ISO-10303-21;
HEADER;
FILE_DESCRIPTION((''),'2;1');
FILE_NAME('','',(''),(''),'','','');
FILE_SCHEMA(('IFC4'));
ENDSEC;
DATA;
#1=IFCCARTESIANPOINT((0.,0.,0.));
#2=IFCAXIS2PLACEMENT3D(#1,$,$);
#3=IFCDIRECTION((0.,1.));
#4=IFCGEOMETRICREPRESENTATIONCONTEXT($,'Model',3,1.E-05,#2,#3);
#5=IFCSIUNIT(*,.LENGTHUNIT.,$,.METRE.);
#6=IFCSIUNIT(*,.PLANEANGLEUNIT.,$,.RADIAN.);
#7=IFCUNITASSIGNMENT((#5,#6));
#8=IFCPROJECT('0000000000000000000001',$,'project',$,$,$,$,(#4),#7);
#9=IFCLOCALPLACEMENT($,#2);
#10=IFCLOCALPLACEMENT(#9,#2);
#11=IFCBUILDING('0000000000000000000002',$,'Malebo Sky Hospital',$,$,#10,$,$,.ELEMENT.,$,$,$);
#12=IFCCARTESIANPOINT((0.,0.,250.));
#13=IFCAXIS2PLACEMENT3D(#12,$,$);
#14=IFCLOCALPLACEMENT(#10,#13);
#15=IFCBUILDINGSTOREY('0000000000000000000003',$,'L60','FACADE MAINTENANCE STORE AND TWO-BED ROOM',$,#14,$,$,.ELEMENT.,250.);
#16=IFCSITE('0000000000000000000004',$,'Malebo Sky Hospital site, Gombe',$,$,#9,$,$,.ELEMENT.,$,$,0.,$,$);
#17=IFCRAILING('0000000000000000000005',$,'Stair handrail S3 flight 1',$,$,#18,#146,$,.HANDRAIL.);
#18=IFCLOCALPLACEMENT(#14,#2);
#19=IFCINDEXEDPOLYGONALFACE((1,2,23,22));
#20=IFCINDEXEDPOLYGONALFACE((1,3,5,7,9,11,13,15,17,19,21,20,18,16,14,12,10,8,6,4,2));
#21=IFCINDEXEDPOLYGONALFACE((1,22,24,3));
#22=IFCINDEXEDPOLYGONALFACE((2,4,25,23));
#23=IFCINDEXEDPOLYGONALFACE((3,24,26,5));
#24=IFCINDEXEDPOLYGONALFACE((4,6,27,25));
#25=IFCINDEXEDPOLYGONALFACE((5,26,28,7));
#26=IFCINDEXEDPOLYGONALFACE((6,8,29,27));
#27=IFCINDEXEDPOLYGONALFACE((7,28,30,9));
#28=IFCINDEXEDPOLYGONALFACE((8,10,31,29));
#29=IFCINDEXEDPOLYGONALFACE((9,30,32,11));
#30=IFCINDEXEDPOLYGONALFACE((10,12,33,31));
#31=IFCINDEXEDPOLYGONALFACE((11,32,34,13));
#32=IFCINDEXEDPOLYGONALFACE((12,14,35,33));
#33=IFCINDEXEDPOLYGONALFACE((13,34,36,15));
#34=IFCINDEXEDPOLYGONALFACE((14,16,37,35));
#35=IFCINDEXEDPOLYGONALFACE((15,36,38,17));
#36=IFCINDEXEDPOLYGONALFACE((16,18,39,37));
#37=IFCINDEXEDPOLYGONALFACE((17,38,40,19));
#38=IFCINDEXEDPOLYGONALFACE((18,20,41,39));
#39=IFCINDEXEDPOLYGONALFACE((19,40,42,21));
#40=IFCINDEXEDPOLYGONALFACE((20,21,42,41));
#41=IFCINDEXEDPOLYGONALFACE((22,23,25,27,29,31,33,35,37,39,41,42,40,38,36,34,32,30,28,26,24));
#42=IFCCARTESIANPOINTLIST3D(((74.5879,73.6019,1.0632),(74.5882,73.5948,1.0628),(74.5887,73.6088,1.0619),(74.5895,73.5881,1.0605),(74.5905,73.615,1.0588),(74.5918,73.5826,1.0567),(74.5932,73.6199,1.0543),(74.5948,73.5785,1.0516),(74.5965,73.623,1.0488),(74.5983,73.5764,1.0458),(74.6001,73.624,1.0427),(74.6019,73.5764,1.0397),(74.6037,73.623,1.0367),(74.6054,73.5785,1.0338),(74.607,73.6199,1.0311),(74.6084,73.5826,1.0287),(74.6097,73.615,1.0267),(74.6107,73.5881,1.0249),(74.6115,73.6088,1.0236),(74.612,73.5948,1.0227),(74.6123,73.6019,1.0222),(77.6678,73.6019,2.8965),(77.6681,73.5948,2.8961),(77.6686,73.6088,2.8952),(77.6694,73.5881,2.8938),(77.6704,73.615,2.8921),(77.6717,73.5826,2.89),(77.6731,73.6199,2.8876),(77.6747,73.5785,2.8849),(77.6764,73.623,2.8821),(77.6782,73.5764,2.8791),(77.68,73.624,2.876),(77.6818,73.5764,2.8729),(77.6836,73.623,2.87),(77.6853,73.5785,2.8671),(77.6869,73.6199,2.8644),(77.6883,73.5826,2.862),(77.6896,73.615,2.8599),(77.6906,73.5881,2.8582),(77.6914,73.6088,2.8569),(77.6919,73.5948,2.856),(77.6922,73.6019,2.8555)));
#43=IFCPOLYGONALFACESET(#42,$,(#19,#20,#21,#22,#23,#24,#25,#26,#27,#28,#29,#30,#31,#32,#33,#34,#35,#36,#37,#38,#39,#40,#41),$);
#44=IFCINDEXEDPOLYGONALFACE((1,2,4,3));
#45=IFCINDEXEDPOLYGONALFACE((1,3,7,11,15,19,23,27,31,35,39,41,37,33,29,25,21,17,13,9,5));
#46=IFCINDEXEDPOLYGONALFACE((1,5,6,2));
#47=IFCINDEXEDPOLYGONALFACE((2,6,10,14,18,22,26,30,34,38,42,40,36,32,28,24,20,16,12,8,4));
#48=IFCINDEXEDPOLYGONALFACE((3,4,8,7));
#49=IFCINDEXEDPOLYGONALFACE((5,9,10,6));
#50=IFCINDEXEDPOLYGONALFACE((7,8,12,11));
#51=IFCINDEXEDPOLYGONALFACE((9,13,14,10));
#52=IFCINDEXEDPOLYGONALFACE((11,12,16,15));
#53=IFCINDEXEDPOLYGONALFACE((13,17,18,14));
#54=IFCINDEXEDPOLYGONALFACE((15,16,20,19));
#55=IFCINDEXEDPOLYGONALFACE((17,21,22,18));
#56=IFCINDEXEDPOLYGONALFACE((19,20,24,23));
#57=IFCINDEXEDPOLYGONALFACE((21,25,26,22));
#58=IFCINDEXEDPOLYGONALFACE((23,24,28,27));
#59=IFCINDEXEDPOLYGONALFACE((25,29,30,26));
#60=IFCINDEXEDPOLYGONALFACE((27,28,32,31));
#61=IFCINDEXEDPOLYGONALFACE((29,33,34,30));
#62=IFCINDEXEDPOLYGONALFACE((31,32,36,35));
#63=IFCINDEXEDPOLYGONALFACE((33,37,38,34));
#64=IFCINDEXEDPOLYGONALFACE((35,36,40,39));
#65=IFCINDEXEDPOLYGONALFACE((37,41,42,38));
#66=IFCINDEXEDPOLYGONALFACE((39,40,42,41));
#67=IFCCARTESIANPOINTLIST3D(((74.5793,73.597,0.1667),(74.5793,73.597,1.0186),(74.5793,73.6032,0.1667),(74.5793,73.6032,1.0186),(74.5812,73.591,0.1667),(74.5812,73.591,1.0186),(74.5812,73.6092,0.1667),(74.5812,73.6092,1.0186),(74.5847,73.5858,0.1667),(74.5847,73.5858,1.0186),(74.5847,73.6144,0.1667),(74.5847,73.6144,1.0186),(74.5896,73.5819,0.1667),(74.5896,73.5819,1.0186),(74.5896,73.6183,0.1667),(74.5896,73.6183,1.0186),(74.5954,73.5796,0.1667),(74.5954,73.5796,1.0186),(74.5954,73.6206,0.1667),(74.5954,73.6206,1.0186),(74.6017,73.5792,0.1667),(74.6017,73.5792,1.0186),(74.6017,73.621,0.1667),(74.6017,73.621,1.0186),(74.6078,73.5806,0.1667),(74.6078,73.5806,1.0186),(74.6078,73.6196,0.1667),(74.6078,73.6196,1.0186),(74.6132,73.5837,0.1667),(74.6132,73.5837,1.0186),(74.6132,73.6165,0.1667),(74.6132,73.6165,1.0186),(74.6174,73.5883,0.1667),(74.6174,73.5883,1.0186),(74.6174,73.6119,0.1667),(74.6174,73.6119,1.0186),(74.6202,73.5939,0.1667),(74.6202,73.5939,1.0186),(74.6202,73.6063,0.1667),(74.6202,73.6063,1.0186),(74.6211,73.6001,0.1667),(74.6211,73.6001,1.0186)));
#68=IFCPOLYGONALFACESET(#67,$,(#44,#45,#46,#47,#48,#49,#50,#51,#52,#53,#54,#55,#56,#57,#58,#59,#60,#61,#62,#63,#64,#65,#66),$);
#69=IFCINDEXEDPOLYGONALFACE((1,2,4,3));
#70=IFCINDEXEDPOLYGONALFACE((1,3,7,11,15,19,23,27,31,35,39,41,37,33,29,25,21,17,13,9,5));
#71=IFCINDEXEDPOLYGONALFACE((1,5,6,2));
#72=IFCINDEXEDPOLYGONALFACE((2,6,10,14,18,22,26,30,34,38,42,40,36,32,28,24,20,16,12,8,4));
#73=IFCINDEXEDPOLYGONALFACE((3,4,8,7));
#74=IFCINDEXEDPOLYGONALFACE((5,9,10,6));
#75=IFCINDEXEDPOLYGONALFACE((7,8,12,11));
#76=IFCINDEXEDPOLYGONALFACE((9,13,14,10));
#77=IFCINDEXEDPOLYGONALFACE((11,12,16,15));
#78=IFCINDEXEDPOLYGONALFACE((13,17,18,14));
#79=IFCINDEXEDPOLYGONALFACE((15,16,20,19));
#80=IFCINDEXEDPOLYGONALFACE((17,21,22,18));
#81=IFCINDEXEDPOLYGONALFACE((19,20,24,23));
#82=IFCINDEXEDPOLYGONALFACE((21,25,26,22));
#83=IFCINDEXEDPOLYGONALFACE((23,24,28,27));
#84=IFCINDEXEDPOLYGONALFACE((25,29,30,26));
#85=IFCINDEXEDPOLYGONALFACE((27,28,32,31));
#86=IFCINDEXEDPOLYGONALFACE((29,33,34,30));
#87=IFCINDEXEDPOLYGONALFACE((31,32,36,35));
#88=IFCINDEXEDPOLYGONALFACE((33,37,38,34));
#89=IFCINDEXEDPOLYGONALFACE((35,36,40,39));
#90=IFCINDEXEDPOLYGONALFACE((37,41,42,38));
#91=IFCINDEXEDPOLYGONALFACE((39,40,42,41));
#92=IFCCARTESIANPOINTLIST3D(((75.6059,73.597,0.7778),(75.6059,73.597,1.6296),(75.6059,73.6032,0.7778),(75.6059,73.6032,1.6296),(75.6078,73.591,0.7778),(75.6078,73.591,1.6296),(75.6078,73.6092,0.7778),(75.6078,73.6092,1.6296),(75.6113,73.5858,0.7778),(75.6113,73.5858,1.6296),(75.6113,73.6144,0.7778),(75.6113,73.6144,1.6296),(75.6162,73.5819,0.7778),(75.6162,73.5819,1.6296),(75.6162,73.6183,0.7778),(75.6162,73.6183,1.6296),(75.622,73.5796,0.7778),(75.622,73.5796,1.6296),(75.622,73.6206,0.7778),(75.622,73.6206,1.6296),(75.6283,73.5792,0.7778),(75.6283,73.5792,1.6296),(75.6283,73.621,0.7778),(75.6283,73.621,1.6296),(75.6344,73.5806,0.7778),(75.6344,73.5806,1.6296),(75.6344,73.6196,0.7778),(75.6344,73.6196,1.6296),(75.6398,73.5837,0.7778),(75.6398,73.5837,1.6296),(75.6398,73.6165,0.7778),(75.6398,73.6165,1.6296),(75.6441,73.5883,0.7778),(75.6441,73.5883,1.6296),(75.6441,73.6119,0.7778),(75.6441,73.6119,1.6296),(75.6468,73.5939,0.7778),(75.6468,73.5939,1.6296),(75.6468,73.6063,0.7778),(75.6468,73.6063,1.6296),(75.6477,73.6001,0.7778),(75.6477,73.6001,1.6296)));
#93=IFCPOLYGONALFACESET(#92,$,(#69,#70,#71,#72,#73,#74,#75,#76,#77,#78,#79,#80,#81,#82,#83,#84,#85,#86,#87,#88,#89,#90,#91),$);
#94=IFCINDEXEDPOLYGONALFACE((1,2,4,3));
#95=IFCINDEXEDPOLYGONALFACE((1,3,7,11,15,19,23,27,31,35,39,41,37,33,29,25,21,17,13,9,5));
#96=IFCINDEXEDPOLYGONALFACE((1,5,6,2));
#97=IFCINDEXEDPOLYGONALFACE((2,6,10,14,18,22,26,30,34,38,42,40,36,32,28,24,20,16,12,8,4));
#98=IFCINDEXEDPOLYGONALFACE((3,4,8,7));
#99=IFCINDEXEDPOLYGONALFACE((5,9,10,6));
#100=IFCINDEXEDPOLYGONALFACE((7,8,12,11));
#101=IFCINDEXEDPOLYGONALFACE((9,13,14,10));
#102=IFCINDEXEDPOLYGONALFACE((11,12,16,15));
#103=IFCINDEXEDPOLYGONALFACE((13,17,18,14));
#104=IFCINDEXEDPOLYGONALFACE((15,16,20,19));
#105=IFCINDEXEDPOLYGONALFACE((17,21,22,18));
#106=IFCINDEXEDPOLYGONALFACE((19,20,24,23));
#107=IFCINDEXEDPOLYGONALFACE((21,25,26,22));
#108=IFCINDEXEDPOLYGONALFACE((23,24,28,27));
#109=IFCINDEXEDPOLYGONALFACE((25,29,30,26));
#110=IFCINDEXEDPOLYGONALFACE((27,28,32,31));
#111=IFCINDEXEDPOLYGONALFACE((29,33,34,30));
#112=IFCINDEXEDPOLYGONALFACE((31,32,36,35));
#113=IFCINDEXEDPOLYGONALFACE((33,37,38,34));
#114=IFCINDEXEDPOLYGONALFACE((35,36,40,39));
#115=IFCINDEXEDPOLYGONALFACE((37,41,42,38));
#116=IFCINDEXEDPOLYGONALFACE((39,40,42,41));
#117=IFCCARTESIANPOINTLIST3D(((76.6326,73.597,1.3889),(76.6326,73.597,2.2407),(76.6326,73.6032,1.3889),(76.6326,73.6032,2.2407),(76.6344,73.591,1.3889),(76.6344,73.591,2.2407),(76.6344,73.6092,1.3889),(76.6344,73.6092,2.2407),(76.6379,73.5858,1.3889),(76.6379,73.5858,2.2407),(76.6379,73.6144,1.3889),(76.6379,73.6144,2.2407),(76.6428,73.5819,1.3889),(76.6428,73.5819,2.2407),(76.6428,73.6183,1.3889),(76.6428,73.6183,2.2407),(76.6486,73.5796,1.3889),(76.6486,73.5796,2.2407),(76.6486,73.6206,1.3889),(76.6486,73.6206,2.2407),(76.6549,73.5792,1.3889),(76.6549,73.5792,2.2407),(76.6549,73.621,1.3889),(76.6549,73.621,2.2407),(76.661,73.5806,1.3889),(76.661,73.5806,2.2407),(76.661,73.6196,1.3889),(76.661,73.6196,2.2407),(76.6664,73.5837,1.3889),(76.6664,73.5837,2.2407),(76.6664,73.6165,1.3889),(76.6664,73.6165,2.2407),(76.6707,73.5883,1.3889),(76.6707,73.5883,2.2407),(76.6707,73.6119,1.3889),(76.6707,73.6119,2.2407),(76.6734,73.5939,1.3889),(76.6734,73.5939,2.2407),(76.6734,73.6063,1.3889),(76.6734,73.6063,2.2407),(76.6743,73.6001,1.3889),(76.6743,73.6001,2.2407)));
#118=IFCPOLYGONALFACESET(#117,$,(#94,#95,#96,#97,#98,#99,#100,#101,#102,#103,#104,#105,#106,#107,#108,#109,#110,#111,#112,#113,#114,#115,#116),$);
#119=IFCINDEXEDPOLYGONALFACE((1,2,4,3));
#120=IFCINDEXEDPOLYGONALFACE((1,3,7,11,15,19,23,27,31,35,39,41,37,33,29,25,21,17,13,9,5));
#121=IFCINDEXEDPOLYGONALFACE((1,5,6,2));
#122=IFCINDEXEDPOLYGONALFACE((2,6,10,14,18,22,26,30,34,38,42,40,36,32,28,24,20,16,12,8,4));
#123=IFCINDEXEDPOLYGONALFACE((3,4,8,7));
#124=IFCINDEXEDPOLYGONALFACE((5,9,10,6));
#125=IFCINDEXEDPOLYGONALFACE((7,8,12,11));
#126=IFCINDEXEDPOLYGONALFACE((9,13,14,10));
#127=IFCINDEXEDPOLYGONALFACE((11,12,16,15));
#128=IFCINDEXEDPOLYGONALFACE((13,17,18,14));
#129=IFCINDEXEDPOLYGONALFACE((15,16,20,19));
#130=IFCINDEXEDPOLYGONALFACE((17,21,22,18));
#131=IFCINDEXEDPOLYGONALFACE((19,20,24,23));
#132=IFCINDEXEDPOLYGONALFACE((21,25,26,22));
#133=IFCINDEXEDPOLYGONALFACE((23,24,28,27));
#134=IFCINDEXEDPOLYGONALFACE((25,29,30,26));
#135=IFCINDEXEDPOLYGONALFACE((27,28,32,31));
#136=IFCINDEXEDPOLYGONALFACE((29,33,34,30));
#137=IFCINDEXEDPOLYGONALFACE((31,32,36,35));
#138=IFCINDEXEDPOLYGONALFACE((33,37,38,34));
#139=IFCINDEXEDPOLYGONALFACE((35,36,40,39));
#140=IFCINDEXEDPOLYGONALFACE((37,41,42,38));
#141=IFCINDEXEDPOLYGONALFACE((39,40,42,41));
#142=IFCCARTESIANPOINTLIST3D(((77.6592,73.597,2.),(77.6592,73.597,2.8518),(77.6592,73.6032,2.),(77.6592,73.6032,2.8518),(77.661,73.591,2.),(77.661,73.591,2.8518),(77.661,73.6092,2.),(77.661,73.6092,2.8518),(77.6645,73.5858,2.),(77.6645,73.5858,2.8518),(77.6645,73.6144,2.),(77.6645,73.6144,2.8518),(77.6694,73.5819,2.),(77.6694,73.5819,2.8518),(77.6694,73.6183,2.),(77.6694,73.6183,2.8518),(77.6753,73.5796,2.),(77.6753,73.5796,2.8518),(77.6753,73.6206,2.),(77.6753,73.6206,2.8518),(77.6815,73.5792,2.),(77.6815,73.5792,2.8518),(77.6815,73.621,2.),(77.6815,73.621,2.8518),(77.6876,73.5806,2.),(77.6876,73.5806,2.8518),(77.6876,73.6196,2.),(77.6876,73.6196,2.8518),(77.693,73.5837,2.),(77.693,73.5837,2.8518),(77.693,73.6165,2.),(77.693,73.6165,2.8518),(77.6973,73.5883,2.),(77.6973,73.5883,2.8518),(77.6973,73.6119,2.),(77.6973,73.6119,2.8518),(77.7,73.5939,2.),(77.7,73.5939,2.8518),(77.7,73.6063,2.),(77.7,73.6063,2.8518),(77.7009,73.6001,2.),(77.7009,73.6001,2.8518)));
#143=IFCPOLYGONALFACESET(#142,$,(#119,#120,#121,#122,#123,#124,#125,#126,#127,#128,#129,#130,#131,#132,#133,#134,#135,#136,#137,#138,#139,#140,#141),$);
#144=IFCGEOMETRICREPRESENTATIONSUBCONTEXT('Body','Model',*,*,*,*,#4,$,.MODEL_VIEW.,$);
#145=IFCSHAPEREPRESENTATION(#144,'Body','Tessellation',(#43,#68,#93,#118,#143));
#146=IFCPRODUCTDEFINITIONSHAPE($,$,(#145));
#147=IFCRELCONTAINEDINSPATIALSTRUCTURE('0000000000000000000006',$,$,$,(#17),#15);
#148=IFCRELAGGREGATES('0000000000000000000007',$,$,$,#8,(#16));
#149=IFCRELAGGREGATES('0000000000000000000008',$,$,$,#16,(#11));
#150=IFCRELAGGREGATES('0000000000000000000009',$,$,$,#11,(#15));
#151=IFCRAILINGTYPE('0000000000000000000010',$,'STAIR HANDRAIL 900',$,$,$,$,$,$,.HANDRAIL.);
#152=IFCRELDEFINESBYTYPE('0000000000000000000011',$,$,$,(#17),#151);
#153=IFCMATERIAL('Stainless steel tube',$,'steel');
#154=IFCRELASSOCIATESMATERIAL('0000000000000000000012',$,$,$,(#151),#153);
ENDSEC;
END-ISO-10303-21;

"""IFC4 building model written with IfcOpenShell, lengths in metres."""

from ifc_helpers import new_model, si_unit, direction, frame, origin, origin_2d, place, context, subcontext, project, spatial, circle, extrude, material, type_object, element, save


model = new_model("IFC4")

# Units and contexts
model_context = context("Model", 3, precision=1e-05, world=origin(), true_north=direction((0.0, 1.0)))
body_context = subcontext(model_context, "Body", "Model", "MODEL_VIEW")
ifc_project = project(units=[si_unit("LENGTHUNIT", "METRE"), si_unit("PLANEANGLEUNIT", "RADIAN")], contexts=[model_context])

# Site, building, storey
site_placement = place(None, origin())
site = spatial("IfcSite", under=ifc_project, at=site_placement, Name="Malebo Sky Hospital site, Gombe", CompositionType="ELEMENT", RefElevation=0.0)
building_placement = place(site_placement, origin())
building = spatial("IfcBuilding", under=site, at=building_placement, Name="Malebo Sky Hospital", CompositionType="ELEMENT")
storey_placement = place(building_placement, frame((0.0, 0.0, 250.0)))
storey = spatial("IfcBuildingStorey", under=building, at=storey_placement, Name="L60", Description="FACADE MAINTENANCE STORE AND TWO-BED ROOM", CompositionType="ELEMENT", Elevation=250.0)

# Railing
ifc_material_1 = material(Name="Stainless steel tube", Category="steel")
railing_type_1 = type_object("IfcRailingType", Name="STAIR HANDRAIL 900", PredefinedType="HANDRAIL", material=ifc_material_1)
railing_1_placement = place(storey_placement, frame((74.6001, 73.6001, 0.1667)))
element("IfcRailing", 1, at=railing_1_placement, inside=storey, type_object=railing_type_1, Name="Stair handrail S3 flight 1", PredefinedType="HANDRAIL", context=body_context, shape_type="SweptSolid", body=[
    extrude(circle(Radius=0.0239, at=origin_2d()), frame((0.0, 0.0, 0.876), z_axis=(0.859291, 0.0, 0.511487), x_axis=(0.0, 1.0, 0.0)), (0.0, 0.0, 1.0), 3.5842),
    extrude(circle(Radius=0.021, at=origin_2d()), origin(), (0.0, 0.0, 1.0), 0.8518),
    extrude(circle(Radius=0.021, at=origin_2d()), frame((1.0266, 0.0, 0.6111)), (0.0, 0.0, 1.0), 0.8518),
    extrude(circle(Radius=0.021, at=origin_2d()), frame((2.0532, 0.0, 1.2222)), (0.0, 0.0, 1.0), 0.8518),
    extrude(circle(Radius=0.021, at=origin_2d()), frame((3.0798, 0.0, 1.8333)), (0.0, 0.0, 1.0), 0.8518),
])

save(model, "model.ifc")
